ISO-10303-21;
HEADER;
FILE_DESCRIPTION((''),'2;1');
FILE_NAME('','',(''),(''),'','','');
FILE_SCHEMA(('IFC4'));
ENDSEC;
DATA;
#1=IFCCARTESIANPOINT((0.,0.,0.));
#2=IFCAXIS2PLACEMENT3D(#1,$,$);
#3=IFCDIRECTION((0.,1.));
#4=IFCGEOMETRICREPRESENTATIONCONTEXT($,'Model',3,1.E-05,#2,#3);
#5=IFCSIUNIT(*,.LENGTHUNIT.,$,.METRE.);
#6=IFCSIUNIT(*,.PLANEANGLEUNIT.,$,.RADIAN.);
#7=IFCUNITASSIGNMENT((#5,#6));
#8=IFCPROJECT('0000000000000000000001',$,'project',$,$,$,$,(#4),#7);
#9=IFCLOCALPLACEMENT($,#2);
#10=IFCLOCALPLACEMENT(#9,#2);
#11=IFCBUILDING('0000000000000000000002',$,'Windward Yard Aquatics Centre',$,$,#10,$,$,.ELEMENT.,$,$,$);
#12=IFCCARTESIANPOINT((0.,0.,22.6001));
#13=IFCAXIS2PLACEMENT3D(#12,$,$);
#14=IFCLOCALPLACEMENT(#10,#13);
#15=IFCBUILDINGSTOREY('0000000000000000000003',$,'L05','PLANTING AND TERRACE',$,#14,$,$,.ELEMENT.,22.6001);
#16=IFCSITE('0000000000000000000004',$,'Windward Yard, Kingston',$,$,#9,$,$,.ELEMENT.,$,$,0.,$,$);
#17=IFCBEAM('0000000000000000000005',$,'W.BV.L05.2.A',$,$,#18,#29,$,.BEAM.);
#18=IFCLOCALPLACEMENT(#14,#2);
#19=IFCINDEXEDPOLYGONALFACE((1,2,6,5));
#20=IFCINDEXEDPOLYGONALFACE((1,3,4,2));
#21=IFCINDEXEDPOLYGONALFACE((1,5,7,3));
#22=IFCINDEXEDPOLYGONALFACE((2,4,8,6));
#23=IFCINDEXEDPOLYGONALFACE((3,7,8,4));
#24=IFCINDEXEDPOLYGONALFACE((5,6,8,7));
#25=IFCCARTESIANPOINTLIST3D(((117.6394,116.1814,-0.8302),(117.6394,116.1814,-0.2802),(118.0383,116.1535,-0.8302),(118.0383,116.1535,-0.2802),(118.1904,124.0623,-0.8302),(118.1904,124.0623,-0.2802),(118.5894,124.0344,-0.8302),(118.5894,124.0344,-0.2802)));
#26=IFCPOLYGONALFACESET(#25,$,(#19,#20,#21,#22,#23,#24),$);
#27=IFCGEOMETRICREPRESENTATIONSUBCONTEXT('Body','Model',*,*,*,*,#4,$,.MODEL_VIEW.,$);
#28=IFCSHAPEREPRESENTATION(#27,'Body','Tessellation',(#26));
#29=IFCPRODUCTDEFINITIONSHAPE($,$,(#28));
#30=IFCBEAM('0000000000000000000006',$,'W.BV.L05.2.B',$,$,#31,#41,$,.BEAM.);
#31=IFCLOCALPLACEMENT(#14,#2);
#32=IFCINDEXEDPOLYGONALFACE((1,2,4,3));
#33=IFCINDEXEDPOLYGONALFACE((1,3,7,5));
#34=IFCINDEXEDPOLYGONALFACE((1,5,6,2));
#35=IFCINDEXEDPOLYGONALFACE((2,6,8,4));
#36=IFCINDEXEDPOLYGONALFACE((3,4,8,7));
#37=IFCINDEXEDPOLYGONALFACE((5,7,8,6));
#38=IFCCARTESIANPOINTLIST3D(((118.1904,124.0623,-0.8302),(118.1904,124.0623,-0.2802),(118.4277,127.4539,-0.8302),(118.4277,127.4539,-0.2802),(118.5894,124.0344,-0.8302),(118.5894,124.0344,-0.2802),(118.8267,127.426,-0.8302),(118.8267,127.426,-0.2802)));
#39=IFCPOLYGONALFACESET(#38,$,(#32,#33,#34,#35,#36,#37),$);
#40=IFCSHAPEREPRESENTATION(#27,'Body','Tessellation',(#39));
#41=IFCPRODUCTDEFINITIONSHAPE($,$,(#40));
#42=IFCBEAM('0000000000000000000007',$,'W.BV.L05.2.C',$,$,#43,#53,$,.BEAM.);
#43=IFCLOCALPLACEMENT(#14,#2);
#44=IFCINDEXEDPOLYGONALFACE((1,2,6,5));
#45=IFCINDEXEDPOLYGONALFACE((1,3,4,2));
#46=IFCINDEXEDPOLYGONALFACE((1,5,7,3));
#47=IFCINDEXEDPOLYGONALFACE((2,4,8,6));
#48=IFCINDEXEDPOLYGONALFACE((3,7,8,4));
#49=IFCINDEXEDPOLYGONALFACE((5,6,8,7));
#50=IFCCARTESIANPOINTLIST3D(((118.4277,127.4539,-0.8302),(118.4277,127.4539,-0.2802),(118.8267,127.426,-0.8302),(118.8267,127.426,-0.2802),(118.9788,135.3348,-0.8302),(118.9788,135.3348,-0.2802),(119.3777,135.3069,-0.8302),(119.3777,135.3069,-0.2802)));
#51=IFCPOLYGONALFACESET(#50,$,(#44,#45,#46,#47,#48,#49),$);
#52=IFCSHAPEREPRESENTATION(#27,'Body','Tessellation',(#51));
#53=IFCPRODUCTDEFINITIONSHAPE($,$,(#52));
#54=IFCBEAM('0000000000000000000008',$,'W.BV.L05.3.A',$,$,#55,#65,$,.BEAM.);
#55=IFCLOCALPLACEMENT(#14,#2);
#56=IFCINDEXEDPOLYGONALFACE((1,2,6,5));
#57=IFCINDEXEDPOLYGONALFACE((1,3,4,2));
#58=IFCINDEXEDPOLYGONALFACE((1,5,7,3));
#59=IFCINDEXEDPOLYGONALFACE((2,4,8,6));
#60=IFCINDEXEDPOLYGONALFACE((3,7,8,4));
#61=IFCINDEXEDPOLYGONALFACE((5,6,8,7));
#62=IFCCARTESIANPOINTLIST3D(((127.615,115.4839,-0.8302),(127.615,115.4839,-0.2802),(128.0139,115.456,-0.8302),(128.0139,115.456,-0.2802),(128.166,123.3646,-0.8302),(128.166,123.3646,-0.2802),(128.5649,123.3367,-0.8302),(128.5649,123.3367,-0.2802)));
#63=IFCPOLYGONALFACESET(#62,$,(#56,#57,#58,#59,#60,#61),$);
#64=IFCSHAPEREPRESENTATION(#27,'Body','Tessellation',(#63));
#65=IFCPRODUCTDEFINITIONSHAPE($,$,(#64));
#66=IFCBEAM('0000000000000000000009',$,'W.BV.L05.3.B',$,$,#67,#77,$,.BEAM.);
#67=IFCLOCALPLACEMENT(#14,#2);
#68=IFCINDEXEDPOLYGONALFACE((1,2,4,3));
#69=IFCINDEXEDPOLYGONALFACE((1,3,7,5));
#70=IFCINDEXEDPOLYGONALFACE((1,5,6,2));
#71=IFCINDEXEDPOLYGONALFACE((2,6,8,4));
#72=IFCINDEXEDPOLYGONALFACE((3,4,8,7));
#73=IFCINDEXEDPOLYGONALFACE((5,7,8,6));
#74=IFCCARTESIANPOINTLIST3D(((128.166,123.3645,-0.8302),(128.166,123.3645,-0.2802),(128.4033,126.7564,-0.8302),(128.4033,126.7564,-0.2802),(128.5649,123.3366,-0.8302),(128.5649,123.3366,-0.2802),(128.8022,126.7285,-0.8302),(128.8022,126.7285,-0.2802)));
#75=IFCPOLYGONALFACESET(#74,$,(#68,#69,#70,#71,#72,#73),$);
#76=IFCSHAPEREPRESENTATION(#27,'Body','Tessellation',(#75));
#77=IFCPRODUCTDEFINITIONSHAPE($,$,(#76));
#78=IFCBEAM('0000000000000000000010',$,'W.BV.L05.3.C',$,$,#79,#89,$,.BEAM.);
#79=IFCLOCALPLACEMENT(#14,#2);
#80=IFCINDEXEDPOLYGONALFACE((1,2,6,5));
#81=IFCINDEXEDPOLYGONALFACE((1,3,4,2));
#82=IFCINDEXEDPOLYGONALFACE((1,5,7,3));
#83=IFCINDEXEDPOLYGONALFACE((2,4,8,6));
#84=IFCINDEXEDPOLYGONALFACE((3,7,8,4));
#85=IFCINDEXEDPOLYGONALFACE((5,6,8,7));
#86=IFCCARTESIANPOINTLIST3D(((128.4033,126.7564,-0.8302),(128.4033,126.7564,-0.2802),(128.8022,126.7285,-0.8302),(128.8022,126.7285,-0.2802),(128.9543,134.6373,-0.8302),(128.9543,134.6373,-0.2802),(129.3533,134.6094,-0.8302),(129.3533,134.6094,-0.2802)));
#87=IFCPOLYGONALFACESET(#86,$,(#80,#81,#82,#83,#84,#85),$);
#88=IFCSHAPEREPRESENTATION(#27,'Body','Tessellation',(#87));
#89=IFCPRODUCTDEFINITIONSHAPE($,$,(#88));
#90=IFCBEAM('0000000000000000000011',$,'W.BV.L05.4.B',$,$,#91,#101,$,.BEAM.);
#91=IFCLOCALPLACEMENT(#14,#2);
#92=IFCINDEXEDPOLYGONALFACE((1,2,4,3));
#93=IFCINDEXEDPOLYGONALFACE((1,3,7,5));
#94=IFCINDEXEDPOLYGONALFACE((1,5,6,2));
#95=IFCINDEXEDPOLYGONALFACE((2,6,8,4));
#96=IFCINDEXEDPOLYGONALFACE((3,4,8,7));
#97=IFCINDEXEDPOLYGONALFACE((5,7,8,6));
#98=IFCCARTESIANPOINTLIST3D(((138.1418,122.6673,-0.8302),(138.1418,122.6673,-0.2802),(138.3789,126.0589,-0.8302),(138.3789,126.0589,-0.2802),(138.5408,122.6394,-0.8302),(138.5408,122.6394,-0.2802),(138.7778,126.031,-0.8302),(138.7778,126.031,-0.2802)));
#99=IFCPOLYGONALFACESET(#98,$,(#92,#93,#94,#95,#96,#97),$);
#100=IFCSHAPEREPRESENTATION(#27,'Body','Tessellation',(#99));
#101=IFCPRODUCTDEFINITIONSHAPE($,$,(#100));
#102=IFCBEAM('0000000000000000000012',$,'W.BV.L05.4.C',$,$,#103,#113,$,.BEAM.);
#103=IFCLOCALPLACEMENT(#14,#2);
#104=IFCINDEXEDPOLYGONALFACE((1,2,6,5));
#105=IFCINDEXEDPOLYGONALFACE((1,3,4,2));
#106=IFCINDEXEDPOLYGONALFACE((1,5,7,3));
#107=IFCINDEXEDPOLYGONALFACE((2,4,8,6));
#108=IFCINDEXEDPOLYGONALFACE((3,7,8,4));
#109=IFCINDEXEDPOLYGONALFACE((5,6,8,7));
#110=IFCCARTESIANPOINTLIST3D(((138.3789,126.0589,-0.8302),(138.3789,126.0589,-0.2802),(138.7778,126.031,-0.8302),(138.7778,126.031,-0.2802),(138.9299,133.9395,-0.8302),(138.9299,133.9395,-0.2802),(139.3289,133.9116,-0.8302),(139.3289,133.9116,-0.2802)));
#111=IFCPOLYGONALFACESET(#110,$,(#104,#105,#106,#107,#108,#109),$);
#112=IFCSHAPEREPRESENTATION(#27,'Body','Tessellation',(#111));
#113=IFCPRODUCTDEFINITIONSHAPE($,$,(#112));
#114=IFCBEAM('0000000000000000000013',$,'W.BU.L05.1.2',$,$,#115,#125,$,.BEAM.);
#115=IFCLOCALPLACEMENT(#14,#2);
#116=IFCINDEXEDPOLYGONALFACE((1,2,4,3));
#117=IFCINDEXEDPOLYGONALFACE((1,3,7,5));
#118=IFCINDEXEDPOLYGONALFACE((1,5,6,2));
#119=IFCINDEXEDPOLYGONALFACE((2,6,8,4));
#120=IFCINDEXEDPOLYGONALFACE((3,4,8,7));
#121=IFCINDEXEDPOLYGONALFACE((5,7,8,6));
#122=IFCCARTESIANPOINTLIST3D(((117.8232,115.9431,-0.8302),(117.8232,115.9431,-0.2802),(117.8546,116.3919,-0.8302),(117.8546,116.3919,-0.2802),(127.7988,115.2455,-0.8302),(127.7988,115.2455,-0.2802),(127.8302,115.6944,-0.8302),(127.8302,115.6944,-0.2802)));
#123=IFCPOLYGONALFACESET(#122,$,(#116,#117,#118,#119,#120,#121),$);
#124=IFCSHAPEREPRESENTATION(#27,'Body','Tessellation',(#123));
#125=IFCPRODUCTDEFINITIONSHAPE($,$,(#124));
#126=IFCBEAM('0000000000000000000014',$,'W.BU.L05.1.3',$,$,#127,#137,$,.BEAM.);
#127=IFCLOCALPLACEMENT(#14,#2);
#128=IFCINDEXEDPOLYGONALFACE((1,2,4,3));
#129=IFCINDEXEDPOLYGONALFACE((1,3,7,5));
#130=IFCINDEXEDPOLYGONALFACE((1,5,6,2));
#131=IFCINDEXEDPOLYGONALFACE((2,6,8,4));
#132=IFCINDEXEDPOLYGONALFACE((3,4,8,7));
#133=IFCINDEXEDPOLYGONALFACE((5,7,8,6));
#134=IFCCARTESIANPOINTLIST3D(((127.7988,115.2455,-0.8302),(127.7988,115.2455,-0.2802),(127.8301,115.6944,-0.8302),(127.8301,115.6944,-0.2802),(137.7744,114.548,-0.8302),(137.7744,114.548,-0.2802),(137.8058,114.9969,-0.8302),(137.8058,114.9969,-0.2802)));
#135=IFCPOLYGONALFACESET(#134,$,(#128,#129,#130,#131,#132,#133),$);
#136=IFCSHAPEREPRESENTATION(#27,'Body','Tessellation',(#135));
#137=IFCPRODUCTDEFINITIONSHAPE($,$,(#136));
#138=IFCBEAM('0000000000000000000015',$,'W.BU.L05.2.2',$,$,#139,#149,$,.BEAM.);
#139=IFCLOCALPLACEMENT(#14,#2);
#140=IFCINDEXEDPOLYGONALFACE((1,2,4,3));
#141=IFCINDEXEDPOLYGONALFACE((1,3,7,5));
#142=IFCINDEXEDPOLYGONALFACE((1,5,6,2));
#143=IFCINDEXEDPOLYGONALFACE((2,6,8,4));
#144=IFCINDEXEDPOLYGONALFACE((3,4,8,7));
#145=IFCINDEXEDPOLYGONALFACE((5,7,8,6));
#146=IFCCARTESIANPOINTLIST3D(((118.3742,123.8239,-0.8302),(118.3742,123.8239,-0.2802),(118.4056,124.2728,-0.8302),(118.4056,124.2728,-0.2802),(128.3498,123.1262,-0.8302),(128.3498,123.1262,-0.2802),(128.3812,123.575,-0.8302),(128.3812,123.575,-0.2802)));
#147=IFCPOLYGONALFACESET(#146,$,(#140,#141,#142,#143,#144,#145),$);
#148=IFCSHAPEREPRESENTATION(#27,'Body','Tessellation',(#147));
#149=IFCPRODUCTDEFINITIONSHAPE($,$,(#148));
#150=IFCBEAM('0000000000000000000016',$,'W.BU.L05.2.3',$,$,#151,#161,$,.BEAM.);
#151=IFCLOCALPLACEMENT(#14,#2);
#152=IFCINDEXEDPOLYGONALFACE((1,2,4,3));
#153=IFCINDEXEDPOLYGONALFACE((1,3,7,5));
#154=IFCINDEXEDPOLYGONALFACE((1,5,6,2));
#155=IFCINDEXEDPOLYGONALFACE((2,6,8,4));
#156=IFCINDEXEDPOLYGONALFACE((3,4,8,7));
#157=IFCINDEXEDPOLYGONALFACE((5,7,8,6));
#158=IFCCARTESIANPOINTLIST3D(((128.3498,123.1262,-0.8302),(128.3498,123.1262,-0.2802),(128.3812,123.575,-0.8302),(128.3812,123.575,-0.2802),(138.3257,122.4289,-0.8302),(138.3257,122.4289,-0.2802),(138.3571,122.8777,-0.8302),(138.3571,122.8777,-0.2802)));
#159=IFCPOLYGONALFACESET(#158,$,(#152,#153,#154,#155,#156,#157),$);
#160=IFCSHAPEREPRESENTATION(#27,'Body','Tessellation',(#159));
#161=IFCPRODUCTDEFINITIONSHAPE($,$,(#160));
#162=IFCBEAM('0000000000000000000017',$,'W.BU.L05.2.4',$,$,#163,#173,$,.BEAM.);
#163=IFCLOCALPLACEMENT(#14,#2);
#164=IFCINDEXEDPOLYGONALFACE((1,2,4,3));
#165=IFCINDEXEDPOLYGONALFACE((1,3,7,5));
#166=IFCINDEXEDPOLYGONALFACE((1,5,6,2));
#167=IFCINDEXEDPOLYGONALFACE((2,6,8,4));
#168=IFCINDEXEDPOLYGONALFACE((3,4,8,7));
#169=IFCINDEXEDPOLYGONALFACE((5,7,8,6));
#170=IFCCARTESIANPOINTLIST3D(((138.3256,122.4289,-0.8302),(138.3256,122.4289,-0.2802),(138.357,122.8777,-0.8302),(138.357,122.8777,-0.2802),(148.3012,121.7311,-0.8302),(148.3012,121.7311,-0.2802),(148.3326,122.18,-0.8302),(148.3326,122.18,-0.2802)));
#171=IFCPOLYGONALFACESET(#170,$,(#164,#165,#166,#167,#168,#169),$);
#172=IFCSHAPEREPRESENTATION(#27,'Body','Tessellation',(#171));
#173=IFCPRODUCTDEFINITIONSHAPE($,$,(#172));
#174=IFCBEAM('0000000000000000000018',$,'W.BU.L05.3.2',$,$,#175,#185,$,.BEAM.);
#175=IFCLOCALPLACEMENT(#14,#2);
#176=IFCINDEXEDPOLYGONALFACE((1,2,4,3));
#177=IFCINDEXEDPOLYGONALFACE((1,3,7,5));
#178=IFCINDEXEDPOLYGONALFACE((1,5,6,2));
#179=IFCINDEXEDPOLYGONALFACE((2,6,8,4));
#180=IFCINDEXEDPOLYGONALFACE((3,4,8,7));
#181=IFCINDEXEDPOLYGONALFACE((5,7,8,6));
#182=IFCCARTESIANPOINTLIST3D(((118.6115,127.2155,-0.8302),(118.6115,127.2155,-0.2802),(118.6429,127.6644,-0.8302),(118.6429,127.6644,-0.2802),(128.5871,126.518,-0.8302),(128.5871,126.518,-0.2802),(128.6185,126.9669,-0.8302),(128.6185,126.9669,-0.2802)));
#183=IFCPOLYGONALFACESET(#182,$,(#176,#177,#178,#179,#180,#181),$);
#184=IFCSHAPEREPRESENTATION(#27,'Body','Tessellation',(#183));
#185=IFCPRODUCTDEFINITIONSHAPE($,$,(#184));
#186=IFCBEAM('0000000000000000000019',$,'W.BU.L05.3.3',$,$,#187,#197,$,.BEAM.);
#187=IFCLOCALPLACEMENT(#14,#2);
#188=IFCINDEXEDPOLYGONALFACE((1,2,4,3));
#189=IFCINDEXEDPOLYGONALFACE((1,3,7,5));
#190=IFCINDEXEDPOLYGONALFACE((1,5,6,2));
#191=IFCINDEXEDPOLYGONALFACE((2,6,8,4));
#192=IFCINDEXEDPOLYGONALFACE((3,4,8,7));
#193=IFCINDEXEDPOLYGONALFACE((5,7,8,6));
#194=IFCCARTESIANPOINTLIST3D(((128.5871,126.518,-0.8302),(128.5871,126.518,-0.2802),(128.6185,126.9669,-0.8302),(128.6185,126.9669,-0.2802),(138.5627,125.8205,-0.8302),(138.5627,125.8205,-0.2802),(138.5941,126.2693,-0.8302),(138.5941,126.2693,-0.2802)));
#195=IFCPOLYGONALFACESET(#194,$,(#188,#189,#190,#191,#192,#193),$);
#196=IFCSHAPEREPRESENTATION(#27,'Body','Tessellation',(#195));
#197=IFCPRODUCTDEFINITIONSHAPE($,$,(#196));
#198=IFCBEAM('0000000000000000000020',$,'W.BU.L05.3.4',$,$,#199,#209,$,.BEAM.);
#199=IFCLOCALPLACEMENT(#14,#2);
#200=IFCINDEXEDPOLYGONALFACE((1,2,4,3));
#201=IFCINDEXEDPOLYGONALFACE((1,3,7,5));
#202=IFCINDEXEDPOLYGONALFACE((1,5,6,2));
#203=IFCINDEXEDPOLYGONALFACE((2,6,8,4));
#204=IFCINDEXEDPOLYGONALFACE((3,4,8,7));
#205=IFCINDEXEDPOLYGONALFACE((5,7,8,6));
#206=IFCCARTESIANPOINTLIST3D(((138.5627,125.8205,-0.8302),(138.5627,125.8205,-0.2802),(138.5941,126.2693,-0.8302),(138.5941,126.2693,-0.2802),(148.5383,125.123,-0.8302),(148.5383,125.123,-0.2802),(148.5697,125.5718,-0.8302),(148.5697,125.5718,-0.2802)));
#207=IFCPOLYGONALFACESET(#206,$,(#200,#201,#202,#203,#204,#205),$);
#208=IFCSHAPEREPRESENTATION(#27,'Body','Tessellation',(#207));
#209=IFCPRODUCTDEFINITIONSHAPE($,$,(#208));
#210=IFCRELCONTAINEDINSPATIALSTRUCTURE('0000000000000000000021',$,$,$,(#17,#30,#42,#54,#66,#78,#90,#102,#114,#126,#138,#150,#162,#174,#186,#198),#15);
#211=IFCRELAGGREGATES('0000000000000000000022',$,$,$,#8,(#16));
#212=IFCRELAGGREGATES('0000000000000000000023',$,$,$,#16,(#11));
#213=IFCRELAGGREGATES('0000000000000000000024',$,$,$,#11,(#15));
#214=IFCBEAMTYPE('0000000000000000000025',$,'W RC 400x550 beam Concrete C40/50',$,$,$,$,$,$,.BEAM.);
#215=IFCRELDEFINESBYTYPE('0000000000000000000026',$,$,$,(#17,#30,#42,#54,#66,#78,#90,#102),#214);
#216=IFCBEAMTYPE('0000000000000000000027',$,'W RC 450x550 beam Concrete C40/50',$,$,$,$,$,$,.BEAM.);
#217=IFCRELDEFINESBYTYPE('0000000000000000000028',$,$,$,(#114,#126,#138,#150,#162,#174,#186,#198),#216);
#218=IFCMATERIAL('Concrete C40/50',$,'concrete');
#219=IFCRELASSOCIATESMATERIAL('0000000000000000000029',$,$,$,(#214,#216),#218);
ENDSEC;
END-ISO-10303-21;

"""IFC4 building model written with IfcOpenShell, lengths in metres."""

from ifc_helpers import new_model, si_unit, direction, frame, origin, origin_2d, place, context, subcontext, project, spatial, rectangle, extrude, material, material_profile, profile_set, type_object, element, save


model = new_model("IFC4")

# Units and contexts
model_context = context("Model", 3, precision=1e-05, world=origin(), true_north=direction((0.0, 1.0)))
body_context = subcontext(model_context, "Body", "Model", "MODEL_VIEW")
ifc_project = project(units=[si_unit("LENGTHUNIT", "METRE"), si_unit("PLANEANGLEUNIT", "RADIAN")], contexts=[model_context])

# Site, building, storey
site_placement = place(None, origin())
site = spatial("IfcSite", under=ifc_project, at=site_placement, Name="Windward Yard, Kingston", CompositionType="ELEMENT", RefElevation=0.0)
building_placement = place(site_placement, origin())
building = spatial("IfcBuilding", under=site, at=building_placement, Name="Windward Yard Aquatics Centre", CompositionType="ELEMENT")
storey_placement = place(building_placement, frame((0.0, 0.0, 22.6001)))
storey = spatial("IfcBuildingStorey", under=building, at=storey_placement, Name="L05", Description="PLANTING AND TERRACE", CompositionType="ELEMENT", Elevation=22.6001)

# Beams
ifc_material_1 = material(Name="Concrete C40/50", Category="concrete")
ifc_material_profile_1 = material_profile(ifc_material_1, rectangle(XDim=0.3999, YDim=0.55, at=origin_2d()), Name="RC 400x550")
ifc_profile_set_1 = profile_set([ifc_material_profile_1], Name="Concrete C40/50")
beam_type_1 = type_object("IfcBeamType", Name="W RC 400x550 beam Concrete C40/50", PredefinedType="BEAM", material=ifc_profile_set_1)
beam_1_placement = place(storey_placement, frame((117.8389, 116.1675, -0.5552), z_axis=(0.069749, 0.997565, 0.0), x_axis=(-0.997565, 0.069749, 0.0)))
element("IfcBeam", 1, at=beam_1_placement, inside=storey, type_object=beam_type_1, Name="W.BV.L05.2.A", PredefinedType="BEAM", context=body_context, shape_type="SweptSolid", body=[
    extrude(rectangle(XDim=0.3999, YDim=0.55, at=origin_2d()), origin(), (0.0, 0.0, 1.0), 7.9001),
])
beam_2_placement = place(storey_placement, frame((118.3899, 124.0483, -0.5552), z_axis=(0.069798, 0.997561, 0.0), x_axis=(-0.997561, 0.069798, 0.0)))
element("IfcBeam", 2, at=beam_2_placement, inside=storey, type_object=beam_type_1, Name="W.BV.L05.2.B", PredefinedType="BEAM", context=body_context, shape_type="SweptSolid", body=[
    extrude(rectangle(XDim=0.3999, YDim=0.55, at=origin_2d()), origin(), (0.0, 0.0, 1.0), 3.3999),
])
beam_3_placement = place(storey_placement, frame((118.6272, 127.4399, -0.5552), z_axis=(0.069749, 0.997565, 0.0), x_axis=(-0.997565, 0.069749, 0.0)))
element("IfcBeam", 3, at=beam_3_placement, inside=storey, type_object=beam_type_1, Name="W.BV.L05.2.C", PredefinedType="BEAM", context=body_context, shape_type="SweptSolid", body=[
    extrude(rectangle(XDim=0.3999, YDim=0.55, at=origin_2d()), origin(), (0.0, 0.0, 1.0), 7.9001),
])
beam_4_placement = place(storey_placement, frame((127.8145, 115.47, -0.5552), z_axis=(0.069751, 0.997564, 0.0), x_axis=(-0.997564, 0.069751, 0.0)))
element("IfcBeam", 4, at=beam_4_placement, inside=storey, type_object=beam_type_1, Name="W.BV.L05.3.A", PredefinedType="BEAM", context=body_context, shape_type="SweptSolid", body=[
    extrude(rectangle(XDim=0.3999, YDim=0.55, at=origin_2d()), origin(), (0.0, 0.0, 1.0), 7.8999),
])
beam_5_placement = place(storey_placement, frame((128.3655, 123.3506, -0.5552), z_axis=(0.069793, 0.997562, 0.0), x_axis=(-0.997562, 0.069793, 0.0)))
element("IfcBeam", 5, at=beam_5_placement, inside=storey, type_object=beam_type_1, Name="W.BV.L05.3.B", PredefinedType="BEAM", context=body_context, shape_type="SweptSolid", body=[
    extrude(rectangle(XDim=0.3999, YDim=0.55, at=origin_2d()), origin(), (0.0, 0.0, 1.0), 3.4001),
])
beam_6_placement = place(storey_placement, frame((128.6028, 126.7424, -0.5552), z_axis=(0.069749, 0.997565, 0.0), x_axis=(-0.997565, 0.069749, 0.0)))
element("IfcBeam", 6, at=beam_6_placement, inside=storey, type_object=beam_type_1, Name="W.BV.L05.3.C", PredefinedType="BEAM", context=body_context, shape_type="SweptSolid", body=[
    extrude(rectangle(XDim=0.3999, YDim=0.55, at=origin_2d()), origin(), (0.0, 0.0, 1.0), 7.9001),
])
beam_7_placement = place(storey_placement, frame((138.3413, 122.6533, -0.5552), z_axis=(0.069726, 0.997566, 0.0), x_axis=(-0.997566, 0.069726, 0.0)))
element("IfcBeam", 7, at=beam_7_placement, inside=storey, type_object=beam_type_1, Name="W.BV.L05.4.B", PredefinedType="BEAM", context=body_context, shape_type="SweptSolid", body=[
    extrude(rectangle(XDim=0.3999, YDim=0.55, at=origin_2d()), origin(), (0.0, 0.0, 1.0), 3.3999),
])
beam_8_placement = place(storey_placement, frame((138.5784, 126.0449, -0.5552), z_axis=(0.069751, 0.997564, 0.0), x_axis=(-0.997564, 0.069751, 0.0)))
element("IfcBeam", 8, at=beam_8_placement, inside=storey, type_object=beam_type_1, Name="W.BV.L05.4.C", PredefinedType="BEAM", context=body_context, shape_type="SweptSolid", body=[
    extrude(rectangle(XDim=0.3999, YDim=0.55, at=origin_2d()), origin(), (0.0, 0.0, 1.0), 7.8999),
])
ifc_material_profile_2 = material_profile(ifc_material_1, rectangle(XDim=0.45, YDim=0.55, at=origin_2d()), Name="RC 450x550")
ifc_profile_set_2 = profile_set([ifc_material_profile_2], Name="Concrete C40/50")
beam_type_2 = type_object("IfcBeamType", Name="W RC 450x550 beam Concrete C40/50", PredefinedType="BEAM", material=ifc_profile_set_2)
for number, where, z_axis, x_axis, name in (
    (9, (117.8389, 116.1675, -0.5552), (0.997564, -0.069751, 0.0), (0.069751, 0.997564, 0.0), "W.BU.L05.1.2"),
    (10, (127.8145, 115.47, -0.5552), (0.997564, -0.069751, 0.0), (0.069751, 0.997564, 0.0), "W.BU.L05.1.3"),
    (11, (118.3899, 124.0483, -0.5552), (0.997563, -0.069776, 0.0), (0.069776, 0.997563, 0.0), "W.BU.L05.2.2"),
):
    element("IfcBeam", number, at=place(storey_placement, frame(where, z_axis=z_axis, x_axis=x_axis)), inside=storey, type_object=beam_type_2, Name=name, PredefinedType="BEAM", context=body_context, shape_type="SweptSolid", body=[
        extrude(rectangle(XDim=0.45, YDim=0.55, at=origin_2d()), origin(), (0.0, 0.0, 1.0), 10.0),
    ])
beam_9_placement = place(storey_placement, frame((128.3655, 123.3506, -0.5552), z_axis=(0.997566, -0.069725, 0.0), x_axis=(0.069725, 0.997566, 0.0)))
element("IfcBeam", 12, at=beam_9_placement, inside=storey, type_object=beam_type_2, Name="W.BU.L05.2.3", PredefinedType="BEAM", context=body_context, shape_type="SweptSolid", body=[
    extrude(rectangle(XDim=0.45, YDim=0.55, at=origin_2d()), origin(), (0.0, 0.0, 1.0), 10.0002),
])
for number, where, z_axis, x_axis, name in (
    (13, (138.3413, 122.6533, -0.5552), (0.997563, -0.069776, 0.0), (0.069776, 0.997563, 0.0), "W.BU.L05.2.4"),
    (14, (118.6272, 127.4399, -0.5552), (0.997564, -0.069751, 0.0), (0.069751, 0.997564, 0.0), "W.BU.L05.3.2"),
    (15, (128.6028, 126.7424, -0.5552), (0.997564, -0.069751, 0.0), (0.069751, 0.997564, 0.0), "W.BU.L05.3.3"),
    (16, (138.5784, 126.0449, -0.5552), (0.997564, -0.069751, 0.0), (0.069751, 0.997564, 0.0), "W.BU.L05.3.4"),
):
    element("IfcBeam", number, at=place(storey_placement, frame(where, z_axis=z_axis, x_axis=x_axis)), inside=storey, type_object=beam_type_2, Name=name, PredefinedType="BEAM", context=body_context, shape_type="SweptSolid", body=[
        extrude(rectangle(XDim=0.45, YDim=0.55, at=origin_2d()), origin(), (0.0, 0.0, 1.0), 10.0),
    ])

save(model, "model.ifc")
